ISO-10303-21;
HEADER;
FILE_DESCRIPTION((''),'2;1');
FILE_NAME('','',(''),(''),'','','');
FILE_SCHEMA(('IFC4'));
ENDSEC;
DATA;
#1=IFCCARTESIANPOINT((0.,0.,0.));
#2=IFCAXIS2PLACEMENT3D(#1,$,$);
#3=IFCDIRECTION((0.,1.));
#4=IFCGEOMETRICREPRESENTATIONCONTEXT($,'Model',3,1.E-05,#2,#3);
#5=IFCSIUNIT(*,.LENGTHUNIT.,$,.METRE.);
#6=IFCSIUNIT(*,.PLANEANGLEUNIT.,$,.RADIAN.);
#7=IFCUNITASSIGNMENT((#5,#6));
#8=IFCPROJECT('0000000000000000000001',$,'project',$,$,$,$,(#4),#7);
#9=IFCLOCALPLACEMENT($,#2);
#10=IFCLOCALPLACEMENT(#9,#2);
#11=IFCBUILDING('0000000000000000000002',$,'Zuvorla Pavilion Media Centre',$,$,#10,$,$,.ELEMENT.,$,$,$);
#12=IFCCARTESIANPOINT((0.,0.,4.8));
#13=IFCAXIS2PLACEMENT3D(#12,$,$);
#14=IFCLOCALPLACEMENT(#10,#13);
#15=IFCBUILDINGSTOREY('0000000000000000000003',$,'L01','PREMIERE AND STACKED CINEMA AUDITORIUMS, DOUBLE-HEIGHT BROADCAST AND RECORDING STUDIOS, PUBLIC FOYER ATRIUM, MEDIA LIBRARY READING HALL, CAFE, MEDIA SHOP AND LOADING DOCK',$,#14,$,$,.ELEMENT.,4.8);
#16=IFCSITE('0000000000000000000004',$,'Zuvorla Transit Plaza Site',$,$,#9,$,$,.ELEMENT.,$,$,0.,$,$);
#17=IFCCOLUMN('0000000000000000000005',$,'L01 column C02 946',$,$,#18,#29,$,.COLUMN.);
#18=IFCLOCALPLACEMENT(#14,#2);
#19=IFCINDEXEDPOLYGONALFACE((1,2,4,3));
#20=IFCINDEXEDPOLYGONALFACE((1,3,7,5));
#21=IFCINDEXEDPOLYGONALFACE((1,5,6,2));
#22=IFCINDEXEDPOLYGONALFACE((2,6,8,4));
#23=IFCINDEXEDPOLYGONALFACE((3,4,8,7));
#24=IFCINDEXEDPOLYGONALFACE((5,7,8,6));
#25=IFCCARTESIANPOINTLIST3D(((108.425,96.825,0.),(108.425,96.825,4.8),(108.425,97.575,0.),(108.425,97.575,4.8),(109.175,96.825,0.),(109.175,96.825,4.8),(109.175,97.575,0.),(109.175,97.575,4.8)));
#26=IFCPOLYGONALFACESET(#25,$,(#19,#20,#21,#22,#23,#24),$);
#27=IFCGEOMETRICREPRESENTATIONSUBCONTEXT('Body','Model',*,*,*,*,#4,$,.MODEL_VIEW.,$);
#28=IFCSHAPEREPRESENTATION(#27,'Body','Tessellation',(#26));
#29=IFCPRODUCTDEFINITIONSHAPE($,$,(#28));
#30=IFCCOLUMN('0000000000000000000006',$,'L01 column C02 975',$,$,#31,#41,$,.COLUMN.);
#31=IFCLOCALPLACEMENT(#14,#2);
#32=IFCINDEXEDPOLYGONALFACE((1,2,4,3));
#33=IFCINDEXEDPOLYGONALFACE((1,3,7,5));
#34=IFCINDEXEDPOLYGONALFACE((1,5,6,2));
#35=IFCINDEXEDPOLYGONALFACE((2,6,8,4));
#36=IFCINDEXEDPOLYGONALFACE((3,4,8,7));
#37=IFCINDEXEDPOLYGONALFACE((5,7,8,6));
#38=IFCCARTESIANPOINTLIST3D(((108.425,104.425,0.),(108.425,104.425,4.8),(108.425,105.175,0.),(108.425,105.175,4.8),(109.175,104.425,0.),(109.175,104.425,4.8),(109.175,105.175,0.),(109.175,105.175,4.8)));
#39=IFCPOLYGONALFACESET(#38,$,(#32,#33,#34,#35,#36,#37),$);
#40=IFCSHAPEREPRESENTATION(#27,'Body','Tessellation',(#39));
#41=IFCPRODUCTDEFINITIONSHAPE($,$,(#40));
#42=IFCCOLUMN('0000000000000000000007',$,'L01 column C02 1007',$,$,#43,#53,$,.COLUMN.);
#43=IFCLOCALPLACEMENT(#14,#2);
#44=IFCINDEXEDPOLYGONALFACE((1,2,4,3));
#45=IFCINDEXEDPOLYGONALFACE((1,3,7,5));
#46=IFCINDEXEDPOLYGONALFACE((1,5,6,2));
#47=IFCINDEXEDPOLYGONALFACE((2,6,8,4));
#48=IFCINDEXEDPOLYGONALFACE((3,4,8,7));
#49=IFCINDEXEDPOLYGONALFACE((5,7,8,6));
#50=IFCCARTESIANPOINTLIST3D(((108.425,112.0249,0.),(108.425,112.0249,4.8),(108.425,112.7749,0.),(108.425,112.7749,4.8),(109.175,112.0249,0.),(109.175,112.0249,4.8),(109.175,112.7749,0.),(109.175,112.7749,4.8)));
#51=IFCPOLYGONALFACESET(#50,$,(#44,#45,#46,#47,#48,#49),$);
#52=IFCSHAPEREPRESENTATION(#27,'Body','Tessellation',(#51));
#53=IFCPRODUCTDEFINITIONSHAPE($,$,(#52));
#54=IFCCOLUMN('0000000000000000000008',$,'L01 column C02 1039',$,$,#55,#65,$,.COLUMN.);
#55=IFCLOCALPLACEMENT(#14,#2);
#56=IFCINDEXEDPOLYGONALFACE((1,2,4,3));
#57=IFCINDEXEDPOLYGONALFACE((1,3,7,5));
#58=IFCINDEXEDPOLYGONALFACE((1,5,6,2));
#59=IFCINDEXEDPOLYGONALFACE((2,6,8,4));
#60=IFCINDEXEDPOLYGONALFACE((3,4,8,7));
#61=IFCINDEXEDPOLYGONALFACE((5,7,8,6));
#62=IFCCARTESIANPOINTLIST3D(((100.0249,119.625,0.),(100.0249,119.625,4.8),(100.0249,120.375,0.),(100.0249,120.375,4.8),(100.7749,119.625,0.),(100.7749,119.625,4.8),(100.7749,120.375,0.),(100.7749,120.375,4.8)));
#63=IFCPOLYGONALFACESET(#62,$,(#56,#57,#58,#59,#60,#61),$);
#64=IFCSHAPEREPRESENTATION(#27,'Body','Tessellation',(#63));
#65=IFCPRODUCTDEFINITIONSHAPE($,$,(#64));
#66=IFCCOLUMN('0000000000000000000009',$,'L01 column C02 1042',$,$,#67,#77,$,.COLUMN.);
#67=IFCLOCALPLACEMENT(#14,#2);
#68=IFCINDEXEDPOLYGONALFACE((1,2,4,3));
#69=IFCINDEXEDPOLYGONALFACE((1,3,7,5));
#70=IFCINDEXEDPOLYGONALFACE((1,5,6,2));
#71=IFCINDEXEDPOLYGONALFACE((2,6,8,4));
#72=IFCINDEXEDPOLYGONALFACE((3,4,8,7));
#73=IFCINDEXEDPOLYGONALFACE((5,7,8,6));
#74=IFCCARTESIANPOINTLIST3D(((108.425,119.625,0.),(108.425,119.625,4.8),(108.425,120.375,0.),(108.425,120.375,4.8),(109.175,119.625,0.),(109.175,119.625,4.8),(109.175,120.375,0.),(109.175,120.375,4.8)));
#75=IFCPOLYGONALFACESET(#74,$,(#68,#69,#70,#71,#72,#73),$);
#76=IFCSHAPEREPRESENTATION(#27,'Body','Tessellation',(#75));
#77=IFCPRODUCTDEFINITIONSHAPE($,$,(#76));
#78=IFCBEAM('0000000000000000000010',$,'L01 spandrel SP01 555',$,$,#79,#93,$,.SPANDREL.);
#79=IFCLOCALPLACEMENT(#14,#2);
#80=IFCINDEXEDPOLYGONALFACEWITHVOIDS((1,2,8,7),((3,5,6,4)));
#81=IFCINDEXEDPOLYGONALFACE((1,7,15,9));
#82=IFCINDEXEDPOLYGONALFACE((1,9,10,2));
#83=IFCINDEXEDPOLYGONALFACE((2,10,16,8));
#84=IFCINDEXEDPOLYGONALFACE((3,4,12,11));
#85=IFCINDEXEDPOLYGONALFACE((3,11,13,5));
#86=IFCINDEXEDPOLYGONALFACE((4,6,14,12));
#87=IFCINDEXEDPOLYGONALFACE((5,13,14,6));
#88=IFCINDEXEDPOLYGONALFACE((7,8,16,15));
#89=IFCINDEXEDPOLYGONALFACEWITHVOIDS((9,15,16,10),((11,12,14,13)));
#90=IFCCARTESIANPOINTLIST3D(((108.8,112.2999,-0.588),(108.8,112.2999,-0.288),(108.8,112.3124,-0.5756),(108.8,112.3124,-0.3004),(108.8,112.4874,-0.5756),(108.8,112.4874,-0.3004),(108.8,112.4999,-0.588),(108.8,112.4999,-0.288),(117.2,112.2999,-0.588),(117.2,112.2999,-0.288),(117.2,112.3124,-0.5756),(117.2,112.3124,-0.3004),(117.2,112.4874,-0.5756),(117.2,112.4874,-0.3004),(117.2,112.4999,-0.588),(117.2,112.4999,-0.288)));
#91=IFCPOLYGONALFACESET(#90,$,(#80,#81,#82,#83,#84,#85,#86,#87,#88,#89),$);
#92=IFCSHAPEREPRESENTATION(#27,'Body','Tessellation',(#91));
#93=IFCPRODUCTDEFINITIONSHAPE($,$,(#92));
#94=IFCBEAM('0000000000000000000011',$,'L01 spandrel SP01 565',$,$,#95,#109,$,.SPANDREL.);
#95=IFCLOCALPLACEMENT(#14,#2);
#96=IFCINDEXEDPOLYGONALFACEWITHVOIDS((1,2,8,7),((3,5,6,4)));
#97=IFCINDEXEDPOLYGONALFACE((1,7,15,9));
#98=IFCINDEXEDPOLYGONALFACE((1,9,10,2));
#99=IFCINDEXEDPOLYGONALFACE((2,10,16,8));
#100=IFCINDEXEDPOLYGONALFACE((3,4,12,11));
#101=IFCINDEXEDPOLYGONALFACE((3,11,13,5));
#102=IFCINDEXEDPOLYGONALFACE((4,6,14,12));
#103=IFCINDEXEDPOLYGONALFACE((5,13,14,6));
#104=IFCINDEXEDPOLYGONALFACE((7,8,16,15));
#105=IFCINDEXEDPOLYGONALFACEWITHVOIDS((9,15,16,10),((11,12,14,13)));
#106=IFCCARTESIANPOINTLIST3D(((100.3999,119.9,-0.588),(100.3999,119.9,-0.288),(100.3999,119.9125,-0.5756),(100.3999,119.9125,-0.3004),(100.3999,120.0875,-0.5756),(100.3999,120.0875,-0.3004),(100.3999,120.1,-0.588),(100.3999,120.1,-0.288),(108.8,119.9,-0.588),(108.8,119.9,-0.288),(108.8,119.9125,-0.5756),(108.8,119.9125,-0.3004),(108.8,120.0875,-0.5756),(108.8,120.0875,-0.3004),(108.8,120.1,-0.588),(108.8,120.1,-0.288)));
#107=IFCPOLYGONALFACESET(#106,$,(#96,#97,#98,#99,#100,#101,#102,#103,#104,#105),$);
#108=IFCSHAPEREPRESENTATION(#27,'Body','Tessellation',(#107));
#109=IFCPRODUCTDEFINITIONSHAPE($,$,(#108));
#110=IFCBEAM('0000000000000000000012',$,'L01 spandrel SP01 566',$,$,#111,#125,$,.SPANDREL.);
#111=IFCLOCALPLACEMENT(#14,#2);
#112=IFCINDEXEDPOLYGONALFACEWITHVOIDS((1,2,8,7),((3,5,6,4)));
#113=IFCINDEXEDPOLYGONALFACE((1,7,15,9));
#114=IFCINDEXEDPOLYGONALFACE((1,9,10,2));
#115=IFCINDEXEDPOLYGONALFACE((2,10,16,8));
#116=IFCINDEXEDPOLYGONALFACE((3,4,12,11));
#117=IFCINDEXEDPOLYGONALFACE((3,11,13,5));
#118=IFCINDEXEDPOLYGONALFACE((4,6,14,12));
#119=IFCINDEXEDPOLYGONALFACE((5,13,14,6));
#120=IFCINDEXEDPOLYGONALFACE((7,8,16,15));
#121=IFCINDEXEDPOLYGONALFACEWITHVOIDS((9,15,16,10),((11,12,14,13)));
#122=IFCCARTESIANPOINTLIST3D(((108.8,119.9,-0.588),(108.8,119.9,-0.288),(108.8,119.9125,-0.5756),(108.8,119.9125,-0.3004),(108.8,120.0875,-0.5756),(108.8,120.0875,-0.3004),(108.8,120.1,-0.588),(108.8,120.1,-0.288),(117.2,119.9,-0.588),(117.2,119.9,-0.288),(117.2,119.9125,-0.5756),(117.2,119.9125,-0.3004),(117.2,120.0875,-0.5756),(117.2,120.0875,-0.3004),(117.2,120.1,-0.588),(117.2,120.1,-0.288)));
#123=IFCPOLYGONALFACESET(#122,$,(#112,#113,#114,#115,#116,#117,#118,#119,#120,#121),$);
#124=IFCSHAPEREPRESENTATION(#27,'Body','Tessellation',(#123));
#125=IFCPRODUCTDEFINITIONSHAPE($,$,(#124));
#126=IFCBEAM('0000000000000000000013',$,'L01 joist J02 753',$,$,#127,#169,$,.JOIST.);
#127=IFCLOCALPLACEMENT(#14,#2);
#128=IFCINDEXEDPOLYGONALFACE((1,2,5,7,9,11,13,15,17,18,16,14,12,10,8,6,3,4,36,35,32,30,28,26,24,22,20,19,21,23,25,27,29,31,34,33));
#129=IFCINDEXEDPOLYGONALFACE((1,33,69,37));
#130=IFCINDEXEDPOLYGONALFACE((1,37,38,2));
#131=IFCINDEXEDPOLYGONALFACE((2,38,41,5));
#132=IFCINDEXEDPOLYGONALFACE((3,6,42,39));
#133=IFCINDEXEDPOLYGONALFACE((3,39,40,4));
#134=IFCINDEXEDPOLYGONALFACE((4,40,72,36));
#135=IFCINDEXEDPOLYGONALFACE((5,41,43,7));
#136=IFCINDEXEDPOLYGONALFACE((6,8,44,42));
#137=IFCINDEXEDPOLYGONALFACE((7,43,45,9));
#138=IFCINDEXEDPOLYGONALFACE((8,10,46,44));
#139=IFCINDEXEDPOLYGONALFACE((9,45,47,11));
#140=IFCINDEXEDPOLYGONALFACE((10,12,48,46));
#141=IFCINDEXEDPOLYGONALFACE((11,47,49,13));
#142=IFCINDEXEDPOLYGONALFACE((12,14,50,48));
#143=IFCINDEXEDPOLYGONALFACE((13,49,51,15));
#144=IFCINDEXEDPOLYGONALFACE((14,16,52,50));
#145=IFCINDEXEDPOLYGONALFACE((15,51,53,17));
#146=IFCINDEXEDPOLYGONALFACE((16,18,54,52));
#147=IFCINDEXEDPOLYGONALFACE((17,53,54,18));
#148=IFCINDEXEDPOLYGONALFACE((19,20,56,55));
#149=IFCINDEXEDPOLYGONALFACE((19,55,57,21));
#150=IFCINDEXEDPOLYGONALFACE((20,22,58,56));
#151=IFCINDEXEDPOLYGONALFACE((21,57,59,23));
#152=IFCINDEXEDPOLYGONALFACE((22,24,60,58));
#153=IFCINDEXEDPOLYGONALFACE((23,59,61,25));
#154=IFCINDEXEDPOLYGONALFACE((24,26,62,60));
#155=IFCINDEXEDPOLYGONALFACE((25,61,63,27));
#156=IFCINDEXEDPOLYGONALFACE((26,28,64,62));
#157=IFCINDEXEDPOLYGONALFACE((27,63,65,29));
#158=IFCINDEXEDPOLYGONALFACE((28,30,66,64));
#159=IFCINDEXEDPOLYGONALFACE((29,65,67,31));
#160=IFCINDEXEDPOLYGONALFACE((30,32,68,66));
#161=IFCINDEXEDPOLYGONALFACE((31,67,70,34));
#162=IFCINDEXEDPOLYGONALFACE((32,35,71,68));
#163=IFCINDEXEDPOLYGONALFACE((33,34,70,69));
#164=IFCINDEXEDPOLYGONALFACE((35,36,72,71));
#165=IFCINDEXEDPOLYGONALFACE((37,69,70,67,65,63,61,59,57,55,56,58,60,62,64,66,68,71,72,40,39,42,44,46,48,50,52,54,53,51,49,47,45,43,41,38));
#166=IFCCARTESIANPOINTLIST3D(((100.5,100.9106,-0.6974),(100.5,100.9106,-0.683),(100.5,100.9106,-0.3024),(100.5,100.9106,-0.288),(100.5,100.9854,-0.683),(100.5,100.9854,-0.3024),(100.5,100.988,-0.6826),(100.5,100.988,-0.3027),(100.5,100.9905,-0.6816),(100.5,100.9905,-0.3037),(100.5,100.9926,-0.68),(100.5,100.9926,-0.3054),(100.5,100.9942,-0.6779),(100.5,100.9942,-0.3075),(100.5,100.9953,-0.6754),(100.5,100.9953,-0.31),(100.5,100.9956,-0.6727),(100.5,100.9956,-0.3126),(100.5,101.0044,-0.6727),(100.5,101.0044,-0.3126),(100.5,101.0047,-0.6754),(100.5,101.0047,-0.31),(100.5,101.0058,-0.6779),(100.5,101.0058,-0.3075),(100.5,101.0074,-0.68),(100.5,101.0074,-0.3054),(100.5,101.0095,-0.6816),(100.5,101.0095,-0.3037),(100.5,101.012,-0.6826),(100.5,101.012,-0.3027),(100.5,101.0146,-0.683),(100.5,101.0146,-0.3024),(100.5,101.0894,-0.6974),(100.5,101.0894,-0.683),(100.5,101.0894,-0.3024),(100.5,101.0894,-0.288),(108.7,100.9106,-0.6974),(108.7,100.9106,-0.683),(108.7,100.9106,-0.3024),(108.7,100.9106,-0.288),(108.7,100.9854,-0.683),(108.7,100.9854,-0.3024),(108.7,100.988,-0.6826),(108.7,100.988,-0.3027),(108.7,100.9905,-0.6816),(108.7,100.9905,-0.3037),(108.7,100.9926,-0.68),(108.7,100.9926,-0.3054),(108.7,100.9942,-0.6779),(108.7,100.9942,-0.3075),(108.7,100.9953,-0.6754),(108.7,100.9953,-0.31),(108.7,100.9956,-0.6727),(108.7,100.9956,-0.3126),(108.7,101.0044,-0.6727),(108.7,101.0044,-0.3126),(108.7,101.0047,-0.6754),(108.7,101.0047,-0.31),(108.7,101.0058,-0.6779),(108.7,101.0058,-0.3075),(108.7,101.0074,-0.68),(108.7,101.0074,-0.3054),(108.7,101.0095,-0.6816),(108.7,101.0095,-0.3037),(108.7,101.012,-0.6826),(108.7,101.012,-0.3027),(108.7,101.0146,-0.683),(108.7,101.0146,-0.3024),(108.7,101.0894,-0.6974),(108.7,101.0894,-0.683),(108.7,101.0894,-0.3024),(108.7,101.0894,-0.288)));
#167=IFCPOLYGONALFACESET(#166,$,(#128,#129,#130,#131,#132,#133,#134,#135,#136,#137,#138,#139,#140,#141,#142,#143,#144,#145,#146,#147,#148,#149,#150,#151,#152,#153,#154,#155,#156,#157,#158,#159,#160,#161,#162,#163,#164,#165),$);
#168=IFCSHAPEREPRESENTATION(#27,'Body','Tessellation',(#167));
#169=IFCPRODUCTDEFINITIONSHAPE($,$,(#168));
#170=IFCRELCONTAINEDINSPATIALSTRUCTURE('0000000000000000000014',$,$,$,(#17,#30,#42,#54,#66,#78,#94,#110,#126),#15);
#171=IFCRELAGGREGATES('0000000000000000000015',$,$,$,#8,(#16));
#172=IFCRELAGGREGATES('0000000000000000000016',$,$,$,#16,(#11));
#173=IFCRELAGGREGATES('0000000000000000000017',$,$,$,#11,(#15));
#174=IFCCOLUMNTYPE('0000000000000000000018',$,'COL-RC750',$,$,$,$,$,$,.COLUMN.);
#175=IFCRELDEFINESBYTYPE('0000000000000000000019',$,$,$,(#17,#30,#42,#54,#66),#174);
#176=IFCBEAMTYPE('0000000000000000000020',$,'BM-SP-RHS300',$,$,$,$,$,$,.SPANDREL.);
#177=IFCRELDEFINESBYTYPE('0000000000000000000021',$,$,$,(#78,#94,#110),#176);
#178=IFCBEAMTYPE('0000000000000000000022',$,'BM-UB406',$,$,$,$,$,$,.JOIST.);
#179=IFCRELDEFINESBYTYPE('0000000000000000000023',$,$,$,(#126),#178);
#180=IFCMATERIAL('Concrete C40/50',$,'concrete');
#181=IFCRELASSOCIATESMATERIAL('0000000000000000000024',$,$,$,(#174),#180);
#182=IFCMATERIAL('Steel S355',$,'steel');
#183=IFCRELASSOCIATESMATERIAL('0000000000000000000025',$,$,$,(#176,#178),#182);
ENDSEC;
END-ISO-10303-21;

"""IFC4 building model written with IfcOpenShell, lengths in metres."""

from ifc_helpers import new_model, si_unit, direction, frame, origin, origin_2d, place, context, subcontext, project, spatial, rectangle, hollow_rectangle, i_section, extrude, material, material_profile, profile_set, type_object, element, save


model = new_model("IFC4")

# Units and contexts
model_context = context("Model", 3, precision=1e-05, world=origin(), true_north=direction((0.0, 1.0)))
body_context = subcontext(model_context, "Body", "Model", "MODEL_VIEW")
ifc_project = project(units=[si_unit("LENGTHUNIT", "METRE"), si_unit("PLANEANGLEUNIT", "RADIAN")], contexts=[model_context])

# Site, building, storey
site_placement = place(None, origin())
site = spatial("IfcSite", under=ifc_project, at=site_placement, Name="Zuvorla Transit Plaza Site", CompositionType="ELEMENT", RefElevation=0.0)
building_placement = place(site_placement, origin())
building = spatial("IfcBuilding", under=site, at=building_placement, Name="Zuvorla Pavilion Media Centre", CompositionType="ELEMENT")
storey_placement = place(building_placement, frame((0.0, 0.0, 4.8)))
storey = spatial("IfcBuildingStorey", under=building, at=storey_placement, Name="L01", Description="PREMIERE AND STACKED CINEMA AUDITORIUMS, DOUBLE-HEIGHT BROADCAST AND RECORDING STUDIOS, PUBLIC FOYER ATRIUM, MEDIA LIBRARY READING HALL, CAFE, MEDIA SHOP AND LOADING DOCK", CompositionType="ELEMENT", Elevation=4.8)

# Columns
ifc_material_1 = material(Name="Concrete C40/50", Category="concrete")
ifc_material_profile_1 = material_profile(ifc_material_1, rectangle(XDim=0.75, YDim=0.75, at=origin_2d()), Name="RC 750x750")
ifc_profile_set_1 = profile_set([ifc_material_profile_1], Name="Concrete C40/50")
column_type = type_object("IfcColumnType", Name="COL-RC750", PredefinedType="COLUMN", material=ifc_profile_set_1)
for number, where, z_axis, x_axis, name in (
    (1, (108.8, 97.2, 0.0), (0.0, 0.0, 1.0), (1.0, 0.0, 0.0), "L01 column C02 946"),
    (2, (108.8, 104.8, 0.0), (0.0, 0.0, 1.0), (1.0, 0.0, 0.0), "L01 column C02 975"),
    (3, (108.8, 112.3999, 0.0), (0.0, 0.0, 1.0), (1.0, 0.0, 0.0), "L01 column C02 1007"),
    (4, (100.3999, 120.0, 0.0), (0.0, 0.0, 1.0), (1.0, 0.0, 0.0), "L01 column C02 1039"),
    (5, (108.8, 120.0, 0.0), (0.0, 0.0, 1.0), (1.0, 0.0, 0.0), "L01 column C02 1042"),
):
    element("IfcColumn", number, at=place(storey_placement, frame(where, z_axis=z_axis, x_axis=x_axis)), inside=storey, type_object=column_type, Name=name, PredefinedType="COLUMN", context=body_context, shape_type="SweptSolid", body=[
        extrude(rectangle(XDim=0.75, YDim=0.75, at=origin_2d()), origin(), (0.0, 0.0, 1.0), 4.8),
    ])

# Beams
ifc_material_2 = material(Name="Steel S355", Category="steel")
ifc_material_profile_2 = material_profile(ifc_material_2, hollow_rectangle(XDim=0.2, YDim=0.3, WallThickness=0.0125, at=origin_2d()), Name="RHS 300x200x12.5")
ifc_profile_set_2 = profile_set([ifc_material_profile_2], Name="Steel S355")
beam_type_1 = type_object("IfcBeamType", Name="BM-SP-RHS300", PredefinedType="SPANDREL", material=ifc_profile_set_2)
beam_1_placement = place(storey_placement, frame((108.8, 112.3999, -0.438), z_axis=(1.0, 0.0, 0.0), x_axis=(0.0, 1.0, 0.0)))
element("IfcBeam", 6, at=beam_1_placement, inside=storey, type_object=beam_type_1, Name="L01 spandrel SP01 555", PredefinedType="SPANDREL", context=body_context, shape_type="SweptSolid", body=[
    extrude(hollow_rectangle(XDim=0.2, YDim=0.3, WallThickness=0.0125, at=origin_2d()), origin(), (0.0, 0.0, 1.0), 8.3999),
])
beam_2_placement = place(storey_placement, frame((100.3999, 120.0, -0.438), z_axis=(1.0, 0.0, 0.0), x_axis=(0.0, 1.0, 0.0)))
element("IfcBeam", 7, at=beam_2_placement, inside=storey, type_object=beam_type_1, Name="L01 spandrel SP01 565", PredefinedType="SPANDREL", context=body_context, shape_type="SweptSolid", body=[
    extrude(hollow_rectangle(XDim=0.2, YDim=0.3, WallThickness=0.0125, at=origin_2d()), origin(), (0.0, 0.0, 1.0), 8.4001),
])
beam_3_placement = place(storey_placement, frame((108.8, 120.0, -0.438), z_axis=(1.0, 0.0, 0.0), x_axis=(0.0, 1.0, 0.0)))
element("IfcBeam", 8, at=beam_3_placement, inside=storey, type_object=beam_type_1, Name="L01 spandrel SP01 566", PredefinedType="SPANDREL", context=body_context, shape_type="SweptSolid", body=[
    extrude(hollow_rectangle(XDim=0.2, YDim=0.3, WallThickness=0.0125, at=origin_2d()), origin(), (0.0, 0.0, 1.0), 8.3999),
])
ifc_material_profile_3 = material_profile(ifc_material_2, i_section(OverallWidth=0.1787, OverallDepth=0.4094, WebThickness=0.0088, FlangeThickness=0.0144, FilletRadius=0.0103, at=origin_2d()), Name="UB 406x178x67")
ifc_profile_set_3 = profile_set([ifc_material_profile_3], Name="Steel S355")
beam_type_2 = type_object("IfcBeamType", Name="BM-UB406", PredefinedType="JOIST", material=ifc_profile_set_3)
for number, where, z_axis, x_axis, name in (
    (9, (100.5, 101.0, -0.4927), (1.0, 0.0, 0.0), (0.0, 1.0, 0.0), "L01 joist J02 753"),
):
    element("IfcBeam", number, at=place(storey_placement, frame(where, z_axis=z_axis, x_axis=x_axis)), inside=storey, type_object=beam_type_2, Name=name, PredefinedType="JOIST", context=body_context, shape_type="SweptSolid", body=[
        extrude(i_section(OverallWidth=0.1787, OverallDepth=0.4094, WebThickness=0.0088, FlangeThickness=0.0144, FilletRadius=0.0103, at=origin_2d()), origin(), (0.0, 0.0, 1.0), 8.2),
    ])

save(model, "model.ifc")
